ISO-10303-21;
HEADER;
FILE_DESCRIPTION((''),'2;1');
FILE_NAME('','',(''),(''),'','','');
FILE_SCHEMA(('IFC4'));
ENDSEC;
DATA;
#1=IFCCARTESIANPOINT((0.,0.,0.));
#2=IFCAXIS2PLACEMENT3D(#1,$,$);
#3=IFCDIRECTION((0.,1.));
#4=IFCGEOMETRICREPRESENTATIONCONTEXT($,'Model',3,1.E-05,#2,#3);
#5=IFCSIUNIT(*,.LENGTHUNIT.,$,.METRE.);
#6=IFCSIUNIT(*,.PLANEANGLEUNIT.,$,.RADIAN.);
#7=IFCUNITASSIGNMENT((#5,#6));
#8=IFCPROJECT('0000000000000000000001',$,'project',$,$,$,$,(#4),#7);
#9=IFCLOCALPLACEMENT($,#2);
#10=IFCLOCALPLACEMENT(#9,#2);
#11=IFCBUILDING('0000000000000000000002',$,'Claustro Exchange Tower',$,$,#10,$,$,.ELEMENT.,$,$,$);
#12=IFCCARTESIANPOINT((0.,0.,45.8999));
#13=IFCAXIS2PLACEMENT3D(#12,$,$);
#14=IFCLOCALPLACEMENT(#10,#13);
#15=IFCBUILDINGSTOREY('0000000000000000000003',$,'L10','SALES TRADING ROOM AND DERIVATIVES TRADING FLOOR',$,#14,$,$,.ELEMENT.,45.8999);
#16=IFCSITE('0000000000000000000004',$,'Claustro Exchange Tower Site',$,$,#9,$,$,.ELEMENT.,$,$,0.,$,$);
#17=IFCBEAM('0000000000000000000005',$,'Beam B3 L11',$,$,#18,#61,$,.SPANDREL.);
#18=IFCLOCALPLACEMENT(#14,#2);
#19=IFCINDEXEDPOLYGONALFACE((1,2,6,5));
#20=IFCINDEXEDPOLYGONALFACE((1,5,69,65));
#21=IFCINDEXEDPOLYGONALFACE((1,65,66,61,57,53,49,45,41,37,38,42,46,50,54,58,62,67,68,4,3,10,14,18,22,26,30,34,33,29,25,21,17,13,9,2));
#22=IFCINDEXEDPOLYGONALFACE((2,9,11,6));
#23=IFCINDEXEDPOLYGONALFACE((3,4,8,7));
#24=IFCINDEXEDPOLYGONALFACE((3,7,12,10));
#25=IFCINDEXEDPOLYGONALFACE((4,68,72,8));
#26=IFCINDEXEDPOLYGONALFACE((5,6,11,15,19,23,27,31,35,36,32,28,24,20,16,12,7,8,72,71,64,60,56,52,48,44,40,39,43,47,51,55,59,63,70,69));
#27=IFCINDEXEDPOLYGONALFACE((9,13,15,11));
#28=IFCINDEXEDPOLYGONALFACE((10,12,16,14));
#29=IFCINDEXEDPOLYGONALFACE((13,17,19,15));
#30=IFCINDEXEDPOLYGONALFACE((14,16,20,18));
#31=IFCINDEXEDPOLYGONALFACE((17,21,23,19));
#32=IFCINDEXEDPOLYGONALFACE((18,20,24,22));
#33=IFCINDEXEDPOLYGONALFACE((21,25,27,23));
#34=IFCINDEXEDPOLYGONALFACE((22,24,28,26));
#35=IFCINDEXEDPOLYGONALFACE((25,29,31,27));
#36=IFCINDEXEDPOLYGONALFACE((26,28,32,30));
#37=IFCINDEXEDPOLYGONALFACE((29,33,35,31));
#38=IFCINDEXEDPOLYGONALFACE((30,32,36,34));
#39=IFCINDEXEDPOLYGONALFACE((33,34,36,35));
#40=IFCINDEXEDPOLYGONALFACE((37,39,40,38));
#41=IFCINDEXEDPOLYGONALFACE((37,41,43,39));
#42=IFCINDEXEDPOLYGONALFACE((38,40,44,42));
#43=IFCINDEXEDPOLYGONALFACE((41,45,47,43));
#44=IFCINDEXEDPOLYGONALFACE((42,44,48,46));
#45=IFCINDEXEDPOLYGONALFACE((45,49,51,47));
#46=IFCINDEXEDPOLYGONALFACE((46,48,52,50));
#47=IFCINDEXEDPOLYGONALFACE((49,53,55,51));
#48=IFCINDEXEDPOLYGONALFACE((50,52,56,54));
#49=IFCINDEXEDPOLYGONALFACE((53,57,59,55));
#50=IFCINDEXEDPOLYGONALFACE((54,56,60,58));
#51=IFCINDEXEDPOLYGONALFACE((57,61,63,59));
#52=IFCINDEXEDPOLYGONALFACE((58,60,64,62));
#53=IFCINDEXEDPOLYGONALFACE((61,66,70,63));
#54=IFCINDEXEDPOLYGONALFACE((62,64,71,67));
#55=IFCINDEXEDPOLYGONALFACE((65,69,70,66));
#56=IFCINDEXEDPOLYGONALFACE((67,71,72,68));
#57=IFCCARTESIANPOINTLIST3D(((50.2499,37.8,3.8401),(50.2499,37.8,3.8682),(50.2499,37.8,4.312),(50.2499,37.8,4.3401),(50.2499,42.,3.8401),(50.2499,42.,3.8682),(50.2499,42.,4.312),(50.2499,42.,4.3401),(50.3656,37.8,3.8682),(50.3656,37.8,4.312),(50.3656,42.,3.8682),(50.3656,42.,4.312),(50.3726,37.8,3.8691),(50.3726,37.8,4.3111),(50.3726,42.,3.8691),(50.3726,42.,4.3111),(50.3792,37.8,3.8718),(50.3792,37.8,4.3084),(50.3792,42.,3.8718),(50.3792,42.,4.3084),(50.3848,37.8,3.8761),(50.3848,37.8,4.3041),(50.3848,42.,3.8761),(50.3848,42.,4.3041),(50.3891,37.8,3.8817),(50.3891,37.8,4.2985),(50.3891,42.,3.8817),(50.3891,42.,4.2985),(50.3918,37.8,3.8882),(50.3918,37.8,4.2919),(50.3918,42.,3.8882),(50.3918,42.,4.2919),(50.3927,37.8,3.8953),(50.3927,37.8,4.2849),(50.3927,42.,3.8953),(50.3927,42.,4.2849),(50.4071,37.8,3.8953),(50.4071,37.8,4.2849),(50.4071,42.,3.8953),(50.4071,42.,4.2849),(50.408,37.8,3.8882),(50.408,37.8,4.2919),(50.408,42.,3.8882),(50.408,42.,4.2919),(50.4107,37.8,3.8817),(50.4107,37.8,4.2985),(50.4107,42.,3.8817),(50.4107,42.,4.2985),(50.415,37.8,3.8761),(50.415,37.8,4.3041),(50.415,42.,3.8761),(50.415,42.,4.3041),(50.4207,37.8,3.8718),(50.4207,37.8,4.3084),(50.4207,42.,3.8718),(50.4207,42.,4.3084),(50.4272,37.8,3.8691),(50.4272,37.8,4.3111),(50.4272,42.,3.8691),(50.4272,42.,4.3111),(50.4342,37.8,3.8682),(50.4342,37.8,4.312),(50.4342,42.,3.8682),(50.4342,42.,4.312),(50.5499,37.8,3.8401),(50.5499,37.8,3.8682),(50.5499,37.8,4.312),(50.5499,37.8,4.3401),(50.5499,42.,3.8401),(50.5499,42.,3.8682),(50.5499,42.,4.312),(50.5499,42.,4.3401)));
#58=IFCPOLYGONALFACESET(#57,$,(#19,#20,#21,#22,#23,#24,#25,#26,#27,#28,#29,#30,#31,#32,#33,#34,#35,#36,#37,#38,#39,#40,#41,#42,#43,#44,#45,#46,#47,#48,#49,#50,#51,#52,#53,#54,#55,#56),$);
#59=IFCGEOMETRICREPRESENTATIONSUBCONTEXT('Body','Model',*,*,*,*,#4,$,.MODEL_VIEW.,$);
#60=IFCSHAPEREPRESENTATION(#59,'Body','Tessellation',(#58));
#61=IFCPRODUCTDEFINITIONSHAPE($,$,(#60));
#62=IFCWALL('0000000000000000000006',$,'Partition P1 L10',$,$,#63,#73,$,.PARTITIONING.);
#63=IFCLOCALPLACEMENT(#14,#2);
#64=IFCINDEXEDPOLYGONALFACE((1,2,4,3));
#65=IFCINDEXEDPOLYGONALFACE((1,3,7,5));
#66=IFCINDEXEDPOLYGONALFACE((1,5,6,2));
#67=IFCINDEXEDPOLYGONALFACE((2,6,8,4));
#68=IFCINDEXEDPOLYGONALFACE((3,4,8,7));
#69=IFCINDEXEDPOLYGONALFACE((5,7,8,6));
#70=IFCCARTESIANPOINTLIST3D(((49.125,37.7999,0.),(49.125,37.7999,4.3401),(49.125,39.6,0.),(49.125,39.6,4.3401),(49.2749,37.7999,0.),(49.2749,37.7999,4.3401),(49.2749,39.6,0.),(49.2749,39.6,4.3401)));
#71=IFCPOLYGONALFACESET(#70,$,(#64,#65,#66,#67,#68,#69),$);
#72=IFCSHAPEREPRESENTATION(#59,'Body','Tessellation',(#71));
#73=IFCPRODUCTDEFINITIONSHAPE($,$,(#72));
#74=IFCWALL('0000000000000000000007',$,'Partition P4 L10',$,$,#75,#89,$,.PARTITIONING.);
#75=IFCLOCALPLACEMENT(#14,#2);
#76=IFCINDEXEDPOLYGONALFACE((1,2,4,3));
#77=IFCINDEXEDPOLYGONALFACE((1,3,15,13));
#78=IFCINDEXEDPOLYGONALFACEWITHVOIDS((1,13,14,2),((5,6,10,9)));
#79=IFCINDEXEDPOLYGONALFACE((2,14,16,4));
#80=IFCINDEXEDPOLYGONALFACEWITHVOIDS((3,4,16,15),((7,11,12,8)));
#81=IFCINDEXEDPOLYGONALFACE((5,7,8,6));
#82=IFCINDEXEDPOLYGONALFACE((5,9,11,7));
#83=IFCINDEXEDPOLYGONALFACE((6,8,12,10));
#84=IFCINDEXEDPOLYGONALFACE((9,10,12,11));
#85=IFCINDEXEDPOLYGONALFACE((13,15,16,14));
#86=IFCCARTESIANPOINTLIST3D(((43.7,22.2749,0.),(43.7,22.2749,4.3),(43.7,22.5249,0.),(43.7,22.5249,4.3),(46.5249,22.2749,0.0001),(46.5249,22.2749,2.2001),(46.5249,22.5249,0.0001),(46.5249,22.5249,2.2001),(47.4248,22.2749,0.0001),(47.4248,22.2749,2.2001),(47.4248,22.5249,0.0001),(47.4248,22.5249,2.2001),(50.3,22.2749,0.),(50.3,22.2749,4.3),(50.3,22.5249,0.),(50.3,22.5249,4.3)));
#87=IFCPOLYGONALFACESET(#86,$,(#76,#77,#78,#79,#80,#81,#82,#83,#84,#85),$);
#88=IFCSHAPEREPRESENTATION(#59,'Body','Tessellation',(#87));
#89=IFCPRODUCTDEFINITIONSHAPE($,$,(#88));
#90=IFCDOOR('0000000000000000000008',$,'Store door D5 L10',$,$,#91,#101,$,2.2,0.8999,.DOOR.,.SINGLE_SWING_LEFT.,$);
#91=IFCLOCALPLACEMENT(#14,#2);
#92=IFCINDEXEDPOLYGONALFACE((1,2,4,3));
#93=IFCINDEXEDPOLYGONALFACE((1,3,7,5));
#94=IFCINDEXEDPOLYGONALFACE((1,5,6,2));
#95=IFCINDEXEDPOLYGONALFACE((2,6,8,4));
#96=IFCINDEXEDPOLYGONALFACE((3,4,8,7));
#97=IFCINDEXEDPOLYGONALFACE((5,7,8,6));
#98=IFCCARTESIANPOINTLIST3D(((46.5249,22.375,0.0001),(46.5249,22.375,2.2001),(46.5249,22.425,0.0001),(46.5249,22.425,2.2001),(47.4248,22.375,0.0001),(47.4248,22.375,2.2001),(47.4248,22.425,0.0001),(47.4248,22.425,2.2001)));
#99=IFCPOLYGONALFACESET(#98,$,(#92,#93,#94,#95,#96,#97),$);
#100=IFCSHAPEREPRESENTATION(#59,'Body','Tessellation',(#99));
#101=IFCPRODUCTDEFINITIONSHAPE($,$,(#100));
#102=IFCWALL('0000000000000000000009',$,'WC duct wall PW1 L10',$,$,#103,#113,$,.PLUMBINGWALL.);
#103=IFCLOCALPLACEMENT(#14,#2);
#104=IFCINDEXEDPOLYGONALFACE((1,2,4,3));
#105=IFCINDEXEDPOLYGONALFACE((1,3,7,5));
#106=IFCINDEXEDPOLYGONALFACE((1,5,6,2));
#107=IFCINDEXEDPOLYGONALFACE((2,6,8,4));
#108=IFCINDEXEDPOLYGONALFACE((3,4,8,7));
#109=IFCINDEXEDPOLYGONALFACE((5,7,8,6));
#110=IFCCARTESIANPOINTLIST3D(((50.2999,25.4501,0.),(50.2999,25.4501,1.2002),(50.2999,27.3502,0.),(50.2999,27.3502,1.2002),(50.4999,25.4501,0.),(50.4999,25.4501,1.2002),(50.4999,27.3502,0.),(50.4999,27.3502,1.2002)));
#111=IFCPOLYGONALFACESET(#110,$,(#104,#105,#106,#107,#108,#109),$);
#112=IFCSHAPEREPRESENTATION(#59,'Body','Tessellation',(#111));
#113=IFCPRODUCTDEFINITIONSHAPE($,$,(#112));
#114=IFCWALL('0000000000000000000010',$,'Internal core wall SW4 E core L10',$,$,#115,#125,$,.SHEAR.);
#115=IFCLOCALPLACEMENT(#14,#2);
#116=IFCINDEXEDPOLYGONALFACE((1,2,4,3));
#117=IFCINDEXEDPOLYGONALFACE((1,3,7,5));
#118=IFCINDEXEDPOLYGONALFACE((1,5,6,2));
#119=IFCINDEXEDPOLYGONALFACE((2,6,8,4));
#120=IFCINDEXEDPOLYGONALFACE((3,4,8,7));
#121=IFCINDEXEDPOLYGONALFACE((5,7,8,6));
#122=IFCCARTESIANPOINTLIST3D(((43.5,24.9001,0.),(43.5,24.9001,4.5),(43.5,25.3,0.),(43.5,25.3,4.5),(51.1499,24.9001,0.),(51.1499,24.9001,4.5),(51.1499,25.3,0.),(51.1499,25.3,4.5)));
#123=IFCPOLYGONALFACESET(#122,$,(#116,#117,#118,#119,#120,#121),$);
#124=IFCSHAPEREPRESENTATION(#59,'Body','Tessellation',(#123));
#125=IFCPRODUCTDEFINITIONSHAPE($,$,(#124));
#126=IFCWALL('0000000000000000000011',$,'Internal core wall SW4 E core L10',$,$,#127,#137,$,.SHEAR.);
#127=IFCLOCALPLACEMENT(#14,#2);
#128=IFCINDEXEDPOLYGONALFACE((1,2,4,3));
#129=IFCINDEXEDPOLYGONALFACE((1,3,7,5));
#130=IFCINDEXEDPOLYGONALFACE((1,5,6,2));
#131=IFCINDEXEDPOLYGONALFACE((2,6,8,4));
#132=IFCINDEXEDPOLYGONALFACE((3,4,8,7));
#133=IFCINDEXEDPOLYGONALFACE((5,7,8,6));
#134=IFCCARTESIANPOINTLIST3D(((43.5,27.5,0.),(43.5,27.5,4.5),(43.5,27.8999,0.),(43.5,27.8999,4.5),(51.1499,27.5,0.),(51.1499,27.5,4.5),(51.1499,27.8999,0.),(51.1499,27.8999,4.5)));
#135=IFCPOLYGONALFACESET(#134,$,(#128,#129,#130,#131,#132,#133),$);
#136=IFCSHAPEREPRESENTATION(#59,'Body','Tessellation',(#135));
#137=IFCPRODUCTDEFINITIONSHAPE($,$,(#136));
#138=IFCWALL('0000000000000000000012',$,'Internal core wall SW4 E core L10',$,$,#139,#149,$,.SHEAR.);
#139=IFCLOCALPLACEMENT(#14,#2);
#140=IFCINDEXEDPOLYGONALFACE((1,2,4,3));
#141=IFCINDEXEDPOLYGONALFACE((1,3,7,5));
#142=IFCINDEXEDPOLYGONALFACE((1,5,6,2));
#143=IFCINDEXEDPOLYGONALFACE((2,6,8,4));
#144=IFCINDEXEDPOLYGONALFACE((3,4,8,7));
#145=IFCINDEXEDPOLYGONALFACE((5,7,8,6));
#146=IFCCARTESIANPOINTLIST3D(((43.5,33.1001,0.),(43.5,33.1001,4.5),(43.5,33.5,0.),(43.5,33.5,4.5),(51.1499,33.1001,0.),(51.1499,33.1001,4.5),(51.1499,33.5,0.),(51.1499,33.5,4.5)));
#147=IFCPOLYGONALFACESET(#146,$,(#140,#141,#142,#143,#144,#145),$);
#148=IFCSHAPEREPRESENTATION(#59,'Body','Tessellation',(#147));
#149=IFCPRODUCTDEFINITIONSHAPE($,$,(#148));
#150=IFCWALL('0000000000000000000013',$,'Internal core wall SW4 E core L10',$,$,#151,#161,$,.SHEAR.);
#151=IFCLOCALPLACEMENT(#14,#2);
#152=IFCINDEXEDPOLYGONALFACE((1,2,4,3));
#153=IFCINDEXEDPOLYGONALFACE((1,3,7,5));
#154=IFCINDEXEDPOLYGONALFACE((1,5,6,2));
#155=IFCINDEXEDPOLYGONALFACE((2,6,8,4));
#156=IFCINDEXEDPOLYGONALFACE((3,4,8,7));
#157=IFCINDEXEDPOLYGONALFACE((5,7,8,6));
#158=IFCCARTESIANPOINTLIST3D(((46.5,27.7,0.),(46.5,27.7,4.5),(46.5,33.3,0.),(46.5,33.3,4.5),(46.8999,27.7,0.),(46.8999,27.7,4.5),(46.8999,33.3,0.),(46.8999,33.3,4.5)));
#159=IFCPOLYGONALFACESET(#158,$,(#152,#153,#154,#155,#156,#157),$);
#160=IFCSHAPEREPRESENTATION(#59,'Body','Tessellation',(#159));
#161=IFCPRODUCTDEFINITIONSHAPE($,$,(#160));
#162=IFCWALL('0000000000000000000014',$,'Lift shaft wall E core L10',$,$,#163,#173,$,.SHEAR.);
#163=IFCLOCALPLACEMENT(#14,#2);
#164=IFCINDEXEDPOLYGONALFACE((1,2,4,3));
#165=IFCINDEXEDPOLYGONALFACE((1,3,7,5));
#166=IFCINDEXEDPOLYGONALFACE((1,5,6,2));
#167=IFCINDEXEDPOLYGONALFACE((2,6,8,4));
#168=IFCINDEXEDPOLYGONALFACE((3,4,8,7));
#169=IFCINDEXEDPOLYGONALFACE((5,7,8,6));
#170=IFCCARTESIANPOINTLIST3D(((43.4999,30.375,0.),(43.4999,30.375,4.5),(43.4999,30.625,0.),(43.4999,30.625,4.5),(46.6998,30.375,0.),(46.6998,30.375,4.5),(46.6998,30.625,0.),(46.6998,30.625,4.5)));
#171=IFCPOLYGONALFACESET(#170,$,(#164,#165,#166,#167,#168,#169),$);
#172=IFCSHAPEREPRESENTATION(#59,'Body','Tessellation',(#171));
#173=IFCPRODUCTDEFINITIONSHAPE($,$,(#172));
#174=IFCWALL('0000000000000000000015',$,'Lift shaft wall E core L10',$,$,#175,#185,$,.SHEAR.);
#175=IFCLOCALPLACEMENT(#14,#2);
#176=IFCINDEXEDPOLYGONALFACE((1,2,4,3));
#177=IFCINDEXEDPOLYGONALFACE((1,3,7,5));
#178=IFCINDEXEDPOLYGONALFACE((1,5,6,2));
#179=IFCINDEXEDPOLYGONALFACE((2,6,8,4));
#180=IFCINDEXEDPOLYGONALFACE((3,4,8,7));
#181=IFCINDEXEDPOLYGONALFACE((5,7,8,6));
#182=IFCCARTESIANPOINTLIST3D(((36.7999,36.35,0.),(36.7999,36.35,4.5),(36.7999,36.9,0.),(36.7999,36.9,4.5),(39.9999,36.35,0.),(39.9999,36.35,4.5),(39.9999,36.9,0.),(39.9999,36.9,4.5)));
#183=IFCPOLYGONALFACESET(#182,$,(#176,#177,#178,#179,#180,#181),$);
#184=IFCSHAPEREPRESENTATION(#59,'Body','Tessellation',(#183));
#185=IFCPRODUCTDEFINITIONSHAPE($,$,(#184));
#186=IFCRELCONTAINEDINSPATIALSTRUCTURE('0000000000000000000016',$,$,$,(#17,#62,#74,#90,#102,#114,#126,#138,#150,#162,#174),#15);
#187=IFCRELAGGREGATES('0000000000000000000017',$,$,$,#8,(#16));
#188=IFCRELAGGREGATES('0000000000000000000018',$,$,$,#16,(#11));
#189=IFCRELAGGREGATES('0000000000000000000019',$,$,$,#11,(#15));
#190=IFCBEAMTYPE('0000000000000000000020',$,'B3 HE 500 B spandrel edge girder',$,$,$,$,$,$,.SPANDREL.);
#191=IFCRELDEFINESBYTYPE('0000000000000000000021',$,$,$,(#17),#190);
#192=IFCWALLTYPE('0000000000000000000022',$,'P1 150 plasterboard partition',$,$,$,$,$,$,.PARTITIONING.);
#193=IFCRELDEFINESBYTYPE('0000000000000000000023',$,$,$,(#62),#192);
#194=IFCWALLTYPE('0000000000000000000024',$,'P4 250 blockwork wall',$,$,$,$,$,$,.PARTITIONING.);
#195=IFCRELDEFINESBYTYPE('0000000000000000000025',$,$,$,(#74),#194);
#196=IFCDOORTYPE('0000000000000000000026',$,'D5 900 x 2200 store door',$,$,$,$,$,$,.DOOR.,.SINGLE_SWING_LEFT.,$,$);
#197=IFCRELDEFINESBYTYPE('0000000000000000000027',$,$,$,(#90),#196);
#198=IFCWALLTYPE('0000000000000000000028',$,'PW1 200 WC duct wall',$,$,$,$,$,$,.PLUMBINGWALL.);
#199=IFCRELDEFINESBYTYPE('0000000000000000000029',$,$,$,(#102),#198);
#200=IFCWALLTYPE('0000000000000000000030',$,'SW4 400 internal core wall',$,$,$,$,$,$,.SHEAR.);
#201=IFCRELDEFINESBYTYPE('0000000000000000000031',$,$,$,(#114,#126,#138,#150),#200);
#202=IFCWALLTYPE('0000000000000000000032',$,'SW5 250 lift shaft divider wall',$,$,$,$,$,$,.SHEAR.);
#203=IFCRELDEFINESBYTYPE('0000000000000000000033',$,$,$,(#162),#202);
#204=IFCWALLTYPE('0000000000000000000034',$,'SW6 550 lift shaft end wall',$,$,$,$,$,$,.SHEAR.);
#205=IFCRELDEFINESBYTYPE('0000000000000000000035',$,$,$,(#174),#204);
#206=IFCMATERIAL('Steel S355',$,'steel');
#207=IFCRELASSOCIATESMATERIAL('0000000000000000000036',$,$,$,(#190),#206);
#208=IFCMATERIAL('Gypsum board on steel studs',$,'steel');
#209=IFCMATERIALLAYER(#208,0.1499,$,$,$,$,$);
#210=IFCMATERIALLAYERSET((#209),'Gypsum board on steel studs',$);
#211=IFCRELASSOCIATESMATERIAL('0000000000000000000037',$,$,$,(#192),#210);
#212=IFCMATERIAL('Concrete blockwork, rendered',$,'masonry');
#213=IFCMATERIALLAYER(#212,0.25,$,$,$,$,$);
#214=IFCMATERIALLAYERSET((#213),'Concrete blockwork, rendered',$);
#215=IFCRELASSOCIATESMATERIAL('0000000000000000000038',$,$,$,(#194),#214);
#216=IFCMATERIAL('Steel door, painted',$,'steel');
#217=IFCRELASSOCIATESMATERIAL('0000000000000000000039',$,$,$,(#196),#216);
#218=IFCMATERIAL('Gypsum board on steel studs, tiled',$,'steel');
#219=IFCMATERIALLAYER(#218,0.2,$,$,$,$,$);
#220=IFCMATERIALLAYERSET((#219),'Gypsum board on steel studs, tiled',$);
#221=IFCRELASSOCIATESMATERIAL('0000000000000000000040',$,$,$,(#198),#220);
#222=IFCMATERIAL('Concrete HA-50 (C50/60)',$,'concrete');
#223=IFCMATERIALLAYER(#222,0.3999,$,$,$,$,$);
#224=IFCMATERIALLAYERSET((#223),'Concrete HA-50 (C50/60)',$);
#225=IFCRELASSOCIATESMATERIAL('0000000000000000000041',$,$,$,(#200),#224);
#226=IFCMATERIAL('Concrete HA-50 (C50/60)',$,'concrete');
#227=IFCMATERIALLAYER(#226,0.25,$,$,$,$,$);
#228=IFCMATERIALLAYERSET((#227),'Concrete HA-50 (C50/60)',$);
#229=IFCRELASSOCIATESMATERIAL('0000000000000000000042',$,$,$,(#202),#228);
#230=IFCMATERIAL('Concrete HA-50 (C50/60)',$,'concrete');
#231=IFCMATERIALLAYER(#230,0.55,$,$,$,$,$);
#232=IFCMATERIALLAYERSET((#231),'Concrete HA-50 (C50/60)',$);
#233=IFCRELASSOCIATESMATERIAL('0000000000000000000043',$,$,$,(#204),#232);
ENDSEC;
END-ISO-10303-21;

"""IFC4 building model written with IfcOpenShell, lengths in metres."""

from ifc_helpers import new_model, si_unit, direction, frame, frame_2d, origin, origin_2d, place, context, subcontext, project, spatial, rectangle, i_section, extrude, material, layer, layer_set, material_profile, profile_set, type_object, element, fill, save


model = new_model("IFC4")

# Units and contexts
model_context = context("Model", 3, precision=1e-05, world=origin(), true_north=direction((0.0, 1.0)))
body_context = subcontext(model_context, "Body", "Model", "MODEL_VIEW")
ifc_project = project(units=[si_unit("LENGTHUNIT", "METRE"), si_unit("PLANEANGLEUNIT", "RADIAN")], contexts=[model_context])

# Site, building, storey
site_placement = place(None, origin())
site = spatial("IfcSite", under=ifc_project, at=site_placement, Name="Claustro Exchange Tower Site", CompositionType="ELEMENT", RefElevation=0.0)
building_placement = place(site_placement, origin())
building = spatial("IfcBuilding", under=site, at=building_placement, Name="Claustro Exchange Tower", CompositionType="ELEMENT")
storey_placement = place(building_placement, frame((0.0, 0.0, 45.8999)))
storey = spatial("IfcBuildingStorey", under=building, at=storey_placement, Name="L10", Description="SALES TRADING ROOM AND DERIVATIVES TRADING FLOOR", CompositionType="ELEMENT", Elevation=45.8999)

# Beam
ifc_material_1 = material(Name="Steel S355", Category="steel")
ifc_material_profile_1 = material_profile(ifc_material_1, i_section(OverallWidth=0.3, OverallDepth=0.5, WebThickness=0.0144, FlangeThickness=0.0281, FilletRadius=0.0271, at=origin_2d()), Name="HE 500 B")
ifc_profile_set_1 = profile_set([ifc_material_profile_1], Name="Steel S355")
beam_type_1 = type_object("IfcBeamType", Name="B3 HE 500 B spandrel edge girder", PredefinedType="SPANDREL", material=ifc_profile_set_1)
beam_1_placement = place(storey_placement, frame((50.3999, 37.8, 4.0901), z_axis=(0.0, 1.0, 0.0), x_axis=(-1.0, 0.0, 0.0)))
element("IfcBeam", 1, at=beam_1_placement, inside=storey, type_object=beam_type_1, Name="Beam B3 L11", PredefinedType="SPANDREL", context=body_context, shape_type="SweptSolid", body=[
    extrude(i_section(OverallWidth=0.3, OverallDepth=0.5, WebThickness=0.0144, FlangeThickness=0.0281, FilletRadius=0.0271, at=origin_2d()), origin(), (0.0, 0.0, 1.0), 4.2),
])

# Wall
ifc_material_2 = material(Name="Gypsum board on steel studs", Category="steel")
ifc_layer_1 = layer(ifc_material_2, 0.1499)
ifc_layer_set_1 = layer_set([ifc_layer_1], Name="Gypsum board on steel studs")
wall_type_1 = type_object("IfcWallType", Name="P1 150 plasterboard partition", PredefinedType="PARTITIONING", material=ifc_layer_set_1)
wall_1_placement = place(storey_placement, frame((49.2, 37.8, 0.0), z_axis=(0.0, 0.0, 1.0), x_axis=(0.0, 1.0, 0.0)))
element("IfcWall", 2, at=wall_1_placement, inside=storey, type_object=wall_type_1, Name="Partition P1 L10", PredefinedType="PARTITIONING", context=body_context, shape_type="SweptSolid", body=[
    extrude(rectangle(XDim=1.8, YDim=0.1499, at=frame_2d((0.8999, 0.0))), origin(), (0.0, 0.0, 1.0), 4.3401),
])

# Wall, opening, door
ifc_material_3 = material(Name="Concrete blockwork, rendered", Category="masonry")
ifc_layer_2 = layer(ifc_material_3, 0.25)
ifc_layer_set_2 = layer_set([ifc_layer_2], Name="Concrete blockwork, rendered")
wall_type_2 = type_object("IfcWallType", Name="P4 250 blockwork wall", PredefinedType="PARTITIONING", material=ifc_layer_set_2)
wall_2_placement = place(storey_placement, frame((43.7, 22.3999, 0.0), z_axis=(0.0, 0.0, 1.0), x_axis=(1.0, 0.0, 0.0)))
wall_2 = element("IfcWall", 3, at=wall_2_placement, inside=storey, type_object=wall_type_2, Name="Partition P4 L10", PredefinedType="PARTITIONING", context=body_context, shape_type="SweptSolid", body=[
    extrude(rectangle(XDim=6.6001, YDim=0.25, at=frame_2d((3.3, 0.0))), origin(), (0.0, 0.0, 1.0), 4.3),
])
opening_placement = place(wall_2_placement, frame((2.825, 0.0, 0.0)))
opening = element("IfcOpeningElement", 4, at=opening_placement, cuts=wall_2, PredefinedType="OPENING", context=body_context, shape_type="SweptSolid", body=[
    extrude(rectangle(XDim=0.8999, YDim=2.2, at=frame_2d((0.45, 1.1001))), frame((0.0, 0.135, 0.0), z_axis=(0.0, -1.0, 0.0), x_axis=(1.0, 0.0, 0.0)), (0.0, 0.0, 1.0), 0.27),
])
ifc_material_4 = material(Name="Steel door, painted", Category="steel")
door_type = type_object("IfcDoorType", Name="D5 900 x 2200 store door", OperationType="SINGLE_SWING_LEFT", PredefinedType="DOOR", material=ifc_material_4)
door_placement = place(opening_placement, frame((0.8999, 0.0, 0.0), z_axis=(0.0, 0.0, 1.0), x_axis=(-1.0, 0.0, 0.0)))
door = element("IfcDoor", 5, at=door_placement, inside=storey, type_object=door_type, Name="Store door D5 L10", OperationType="SINGLE_SWING_LEFT", OverallHeight=2.2, OverallWidth=0.8999, PredefinedType="DOOR", context=body_context, shape_type="SweptSolid", body=[
    extrude(rectangle(XDim=0.8999, YDim=2.2, at=frame_2d((0.45, 1.1001))), frame((0.0, 0.0249, 0.0), z_axis=(0.0, -1.0, 0.0), x_axis=(1.0, 0.0, 0.0)), (0.0, 0.0, 1.0), 0.05),
])
fill(opening, door)

# Walls
ifc_material_5 = material(Name="Gypsum board on steel studs, tiled", Category="steel")
ifc_layer_3 = layer(ifc_material_5, 0.2)
ifc_layer_set_3 = layer_set([ifc_layer_3], Name="Gypsum board on steel studs, tiled")
wall_type_3 = type_object("IfcWallType", Name="PW1 200 WC duct wall", PredefinedType="PLUMBINGWALL", material=ifc_layer_set_3)
wall_3_placement = place(storey_placement, frame((50.3999, 25.45, 0.0), z_axis=(0.0, 0.0, 1.0), x_axis=(0.0, 1.0, 0.0)))
element("IfcWall", 6, at=wall_3_placement, inside=storey, type_object=wall_type_3, Name="WC duct wall PW1 L10", PredefinedType="PLUMBINGWALL", context=body_context, shape_type="SweptSolid", body=[
    extrude(rectangle(XDim=1.9001, YDim=0.2, at=frame_2d((0.9502, 0.0))), origin(), (0.0, 0.0, 1.0), 1.2002),
])
ifc_material_6 = material(Name="Concrete HA-50 (C50/60)", Category="concrete")
ifc_layer_4 = layer(ifc_material_6, 0.3999)
ifc_layer_set_4 = layer_set([ifc_layer_4], Name="Concrete HA-50 (C50/60)")
wall_type_4 = type_object("IfcWallType", Name="SW4 400 internal core wall", PredefinedType="SHEAR", material=ifc_layer_set_4)
for number, where, z_axis, x_axis, name in (
    (7, (51.1499, 25.1001, 0.0), (0.0, 0.0, 1.0), (-1.0, 0.0, 0.0), "Internal core wall SW4 E core L10"),
    (8, (51.1499, 27.7, 0.0), (0.0, 0.0, 1.0), (-1.0, 0.0, 0.0), "Internal core wall SW4 E core L10"),
    (9, (51.1499, 33.3, 0.0), (0.0, 0.0, 1.0), (-1.0, 0.0, 0.0), "Internal core wall SW4 E core L10"),
):
    element("IfcWall", number, at=place(storey_placement, frame(where, z_axis=z_axis, x_axis=x_axis)), inside=storey, type_object=wall_type_4, Name=name, PredefinedType="SHEAR", context=body_context, shape_type="SweptSolid", body=[
        extrude(rectangle(XDim=7.6499, YDim=0.3999, at=frame_2d((3.825, 0.0))), origin(), (0.0, 0.0, 1.0), 4.5),
    ])
wall_4_placement = place(storey_placement, frame((46.7, 27.7, 0.0), z_axis=(0.0, 0.0, 1.0), x_axis=(0.0, 1.0, 0.0)))
element("IfcWall", 10, at=wall_4_placement, inside=storey, type_object=wall_type_4, Name="Internal core wall SW4 E core L10", PredefinedType="SHEAR", context=body_context, shape_type="SweptSolid", body=[
    extrude(rectangle(XDim=5.6001, YDim=0.3999, at=frame_2d((2.8, 0.0))), origin(), (0.0, 0.0, 1.0), 4.5),
])
ifc_material_7 = material(Name="Concrete HA-50 (C50/60)", Category="concrete")
ifc_layer_5 = layer(ifc_material_7, 0.25)
ifc_layer_set_5 = layer_set([ifc_layer_5], Name="Concrete HA-50 (C50/60)")
wall_type_5 = type_object("IfcWallType", Name="SW5 250 lift shaft divider wall", PredefinedType="SHEAR", material=ifc_layer_set_5)
wall_5_placement = place(storey_placement, frame((46.7, 30.5, 0.0), z_axis=(0.0, 0.0, 1.0), x_axis=(-1.0, 0.0, 0.0)))
element("IfcWall", 11, at=wall_5_placement, inside=storey, type_object=wall_type_5, Name="Lift shaft wall E core L10", PredefinedType="SHEAR", context=body_context, shape_type="SweptSolid", body=[
    extrude(rectangle(XDim=3.2, YDim=0.25, at=frame_2d((1.6001, 0.0))), origin(), (0.0, 0.0, 1.0), 4.5),
])
ifc_material_8 = material(Name="Concrete HA-50 (C50/60)", Category="concrete")
ifc_layer_6 = layer(ifc_material_8, 0.55)
ifc_layer_set_6 = layer_set([ifc_layer_6], Name="Concrete HA-50 (C50/60)")
wall_type_6 = type_object("IfcWallType", Name="SW6 550 lift shaft end wall", PredefinedType="SHEAR", material=ifc_layer_set_6)
wall_6_placement = place(storey_placement, frame((40.0, 36.625, 0.0), z_axis=(0.0, 0.0, 1.0), x_axis=(-1.0, 0.0, 0.0)))
element("IfcWall", 12, at=wall_6_placement, inside=storey, type_object=wall_type_6, Name="Lift shaft wall E core L10", PredefinedType="SHEAR", context=body_context, shape_type="SweptSolid", body=[
    extrude(rectangle(XDim=3.2, YDim=0.55, at=frame_2d((1.6001, 0.0))), origin(), (0.0, 0.0, 1.0), 4.5),
])

save(model, "model.ifc")
